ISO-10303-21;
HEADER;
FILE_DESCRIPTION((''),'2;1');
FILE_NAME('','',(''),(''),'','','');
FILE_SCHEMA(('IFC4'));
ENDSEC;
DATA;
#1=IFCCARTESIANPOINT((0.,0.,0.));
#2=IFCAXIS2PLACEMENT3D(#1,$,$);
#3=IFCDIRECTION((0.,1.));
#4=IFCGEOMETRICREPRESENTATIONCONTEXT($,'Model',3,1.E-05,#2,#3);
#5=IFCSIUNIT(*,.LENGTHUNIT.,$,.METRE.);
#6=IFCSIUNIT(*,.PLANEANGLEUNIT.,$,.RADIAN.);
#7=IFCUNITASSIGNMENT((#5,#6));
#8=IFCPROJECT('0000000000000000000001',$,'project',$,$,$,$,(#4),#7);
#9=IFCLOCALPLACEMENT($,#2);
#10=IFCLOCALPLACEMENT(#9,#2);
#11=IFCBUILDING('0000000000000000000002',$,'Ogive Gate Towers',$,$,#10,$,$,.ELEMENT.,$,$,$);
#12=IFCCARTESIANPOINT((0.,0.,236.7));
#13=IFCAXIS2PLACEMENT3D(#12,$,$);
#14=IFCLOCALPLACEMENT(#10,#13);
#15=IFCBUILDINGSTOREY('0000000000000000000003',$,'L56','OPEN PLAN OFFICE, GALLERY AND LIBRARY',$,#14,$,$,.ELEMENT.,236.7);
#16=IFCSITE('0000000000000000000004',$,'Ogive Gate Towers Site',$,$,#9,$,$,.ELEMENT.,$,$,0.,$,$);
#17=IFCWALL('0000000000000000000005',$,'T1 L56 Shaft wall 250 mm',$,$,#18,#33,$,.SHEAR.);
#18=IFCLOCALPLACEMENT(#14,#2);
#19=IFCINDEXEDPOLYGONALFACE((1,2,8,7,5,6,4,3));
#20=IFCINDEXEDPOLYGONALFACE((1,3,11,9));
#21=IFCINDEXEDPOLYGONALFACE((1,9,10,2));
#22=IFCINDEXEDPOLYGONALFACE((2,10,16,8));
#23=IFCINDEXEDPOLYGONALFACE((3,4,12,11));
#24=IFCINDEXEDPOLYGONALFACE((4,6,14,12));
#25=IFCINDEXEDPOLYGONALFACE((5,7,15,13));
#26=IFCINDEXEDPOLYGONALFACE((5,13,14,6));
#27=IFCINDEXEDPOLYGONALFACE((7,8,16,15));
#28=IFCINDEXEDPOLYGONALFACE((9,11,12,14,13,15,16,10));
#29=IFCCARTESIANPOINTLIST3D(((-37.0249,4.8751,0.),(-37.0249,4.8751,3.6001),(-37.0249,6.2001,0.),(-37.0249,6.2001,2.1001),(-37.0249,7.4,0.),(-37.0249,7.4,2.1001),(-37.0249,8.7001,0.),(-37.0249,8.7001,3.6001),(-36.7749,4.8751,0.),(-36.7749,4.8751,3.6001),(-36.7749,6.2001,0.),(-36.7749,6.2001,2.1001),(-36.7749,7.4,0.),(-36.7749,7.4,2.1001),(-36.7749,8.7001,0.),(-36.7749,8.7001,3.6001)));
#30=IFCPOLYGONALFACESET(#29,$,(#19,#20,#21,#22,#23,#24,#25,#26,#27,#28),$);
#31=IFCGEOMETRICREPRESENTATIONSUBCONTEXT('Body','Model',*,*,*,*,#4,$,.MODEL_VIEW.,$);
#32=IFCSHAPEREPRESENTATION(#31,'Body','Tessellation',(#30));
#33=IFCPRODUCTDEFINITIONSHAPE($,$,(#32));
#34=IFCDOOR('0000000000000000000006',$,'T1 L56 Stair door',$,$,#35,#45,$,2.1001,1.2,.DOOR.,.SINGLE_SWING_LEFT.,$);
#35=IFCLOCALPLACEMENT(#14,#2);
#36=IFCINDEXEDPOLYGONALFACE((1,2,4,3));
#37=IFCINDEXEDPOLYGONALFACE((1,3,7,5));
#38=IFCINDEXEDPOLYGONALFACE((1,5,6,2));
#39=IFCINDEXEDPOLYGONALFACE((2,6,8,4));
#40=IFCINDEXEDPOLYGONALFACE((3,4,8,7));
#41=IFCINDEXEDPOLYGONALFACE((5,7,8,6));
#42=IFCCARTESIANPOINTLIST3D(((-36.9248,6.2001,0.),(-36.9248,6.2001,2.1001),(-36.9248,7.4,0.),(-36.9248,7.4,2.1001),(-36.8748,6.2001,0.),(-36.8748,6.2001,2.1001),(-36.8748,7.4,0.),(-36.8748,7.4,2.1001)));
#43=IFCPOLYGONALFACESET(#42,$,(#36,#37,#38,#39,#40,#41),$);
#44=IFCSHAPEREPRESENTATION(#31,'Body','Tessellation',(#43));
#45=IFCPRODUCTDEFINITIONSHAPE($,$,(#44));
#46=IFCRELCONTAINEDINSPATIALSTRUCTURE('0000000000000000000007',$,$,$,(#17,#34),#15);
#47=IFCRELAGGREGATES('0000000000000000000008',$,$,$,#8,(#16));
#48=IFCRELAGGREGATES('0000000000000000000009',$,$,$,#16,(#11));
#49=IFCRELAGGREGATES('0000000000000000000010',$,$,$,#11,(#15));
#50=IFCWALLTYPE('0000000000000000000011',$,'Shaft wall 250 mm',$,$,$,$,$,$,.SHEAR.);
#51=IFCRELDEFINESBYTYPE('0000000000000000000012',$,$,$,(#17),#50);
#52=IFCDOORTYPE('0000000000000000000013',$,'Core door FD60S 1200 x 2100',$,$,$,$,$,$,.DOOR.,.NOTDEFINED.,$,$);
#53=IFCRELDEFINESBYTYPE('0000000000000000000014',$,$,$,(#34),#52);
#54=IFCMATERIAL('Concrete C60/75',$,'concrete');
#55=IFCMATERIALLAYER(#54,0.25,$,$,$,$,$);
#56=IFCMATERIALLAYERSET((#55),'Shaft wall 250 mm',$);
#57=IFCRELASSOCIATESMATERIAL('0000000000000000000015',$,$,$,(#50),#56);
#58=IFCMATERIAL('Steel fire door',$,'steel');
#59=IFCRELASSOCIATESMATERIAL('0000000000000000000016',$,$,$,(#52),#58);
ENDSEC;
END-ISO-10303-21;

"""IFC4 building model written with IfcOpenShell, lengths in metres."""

from ifc_helpers import new_model, si_unit, direction, frame, frame_2d, origin, place, context, subcontext, project, spatial, rectangle, extrude, material, layer, layer_set, type_object, element, fill, save


model = new_model("IFC4")

# Units and contexts
model_context = context("Model", 3, precision=1e-05, world=origin(), true_north=direction((0.0, 1.0)))
body_context = subcontext(model_context, "Body", "Model", "MODEL_VIEW")
ifc_project = project(units=[si_unit("LENGTHUNIT", "METRE"), si_unit("PLANEANGLEUNIT", "RADIAN")], contexts=[model_context])

# Site, building, storey
site_placement = place(None, origin())
site = spatial("IfcSite", under=ifc_project, at=site_placement, Name="Ogive Gate Towers Site", CompositionType="ELEMENT", RefElevation=0.0)
building_placement = place(site_placement, origin())
building = spatial("IfcBuilding", under=site, at=building_placement, Name="Ogive Gate Towers", CompositionType="ELEMENT")
storey_placement = place(building_placement, frame((0.0, 0.0, 236.7)))
storey = spatial("IfcBuildingStorey", under=building, at=storey_placement, Name="L56", Description="OPEN PLAN OFFICE, GALLERY AND LIBRARY", CompositionType="ELEMENT", Elevation=236.7)

# Shared definitions
ifc_material_1 = material(Name="Concrete C60/75", Category="concrete")
ifc_layer_1 = layer(ifc_material_1, 0.25)
ifc_layer_set_1 = layer_set([ifc_layer_1], Name="Shaft wall 250 mm")
wall_type_1 = type_object("IfcWallType", Name="Shaft wall 250 mm", PredefinedType="SHEAR", material=ifc_layer_set_1)

# Wall, opening, door
wall_1_placement = place(storey_placement, frame((-36.8999, 4.875, 0.0), z_axis=(0.0, 0.0, 1.0), x_axis=(0.0, 1.0, 0.0)))
wall_1 = element("IfcWall", 1, at=wall_1_placement, inside=storey, type_object=wall_type_1, Name="T1 L56 Shaft wall 250 mm", PredefinedType="SHEAR", context=body_context, shape_type="SweptSolid", body=[
    extrude(rectangle(XDim=3.825, YDim=0.25, at=frame_2d((1.9126, 0.0))), origin(), (0.0, 0.0, 1.0), 3.6001),
])
opening_1_placement = place(wall_1_placement, frame((1.325, 0.0, 0.0)))
opening_1 = element("IfcOpeningElement", 2, at=opening_1_placement, cuts=wall_1, PredefinedType="OPENING", context=body_context, shape_type="SweptSolid", body=[
    extrude(rectangle(XDim=1.2, YDim=2.1001, at=frame_2d((0.6001, 1.05))), frame((0.0, 0.135, 0.0), z_axis=(0.0, -1.0, 0.0), x_axis=(1.0, 0.0, 0.0)), (0.0, 0.0, 1.0), 0.27),
])
ifc_material_2 = material(Name="Steel fire door", Category="steel")
door_type_1 = type_object("IfcDoorType", Name="Core door FD60S 1200 x 2100", OperationType="NOTDEFINED", PredefinedType="DOOR", material=ifc_material_2)
door_1_placement = place(opening_1_placement, origin())
door_1 = element("IfcDoor", 3, at=door_1_placement, inside=storey, type_object=door_type_1, Name="T1 L56 Stair door", OperationType="SINGLE_SWING_LEFT", OverallHeight=2.1001, OverallWidth=1.2, PredefinedType="DOOR", context=body_context, shape_type="SweptSolid", body=[
    extrude(rectangle(XDim=1.2, YDim=2.1001, at=frame_2d((0.6001, 1.05))), frame((0.0, 0.0249, 0.0), z_axis=(0.0, -1.0, 0.0), x_axis=(1.0, 0.0, 0.0)), (0.0, 0.0, 1.0), 0.05),
])
fill(opening_1, door_1)

save(model, "model.ifc")
